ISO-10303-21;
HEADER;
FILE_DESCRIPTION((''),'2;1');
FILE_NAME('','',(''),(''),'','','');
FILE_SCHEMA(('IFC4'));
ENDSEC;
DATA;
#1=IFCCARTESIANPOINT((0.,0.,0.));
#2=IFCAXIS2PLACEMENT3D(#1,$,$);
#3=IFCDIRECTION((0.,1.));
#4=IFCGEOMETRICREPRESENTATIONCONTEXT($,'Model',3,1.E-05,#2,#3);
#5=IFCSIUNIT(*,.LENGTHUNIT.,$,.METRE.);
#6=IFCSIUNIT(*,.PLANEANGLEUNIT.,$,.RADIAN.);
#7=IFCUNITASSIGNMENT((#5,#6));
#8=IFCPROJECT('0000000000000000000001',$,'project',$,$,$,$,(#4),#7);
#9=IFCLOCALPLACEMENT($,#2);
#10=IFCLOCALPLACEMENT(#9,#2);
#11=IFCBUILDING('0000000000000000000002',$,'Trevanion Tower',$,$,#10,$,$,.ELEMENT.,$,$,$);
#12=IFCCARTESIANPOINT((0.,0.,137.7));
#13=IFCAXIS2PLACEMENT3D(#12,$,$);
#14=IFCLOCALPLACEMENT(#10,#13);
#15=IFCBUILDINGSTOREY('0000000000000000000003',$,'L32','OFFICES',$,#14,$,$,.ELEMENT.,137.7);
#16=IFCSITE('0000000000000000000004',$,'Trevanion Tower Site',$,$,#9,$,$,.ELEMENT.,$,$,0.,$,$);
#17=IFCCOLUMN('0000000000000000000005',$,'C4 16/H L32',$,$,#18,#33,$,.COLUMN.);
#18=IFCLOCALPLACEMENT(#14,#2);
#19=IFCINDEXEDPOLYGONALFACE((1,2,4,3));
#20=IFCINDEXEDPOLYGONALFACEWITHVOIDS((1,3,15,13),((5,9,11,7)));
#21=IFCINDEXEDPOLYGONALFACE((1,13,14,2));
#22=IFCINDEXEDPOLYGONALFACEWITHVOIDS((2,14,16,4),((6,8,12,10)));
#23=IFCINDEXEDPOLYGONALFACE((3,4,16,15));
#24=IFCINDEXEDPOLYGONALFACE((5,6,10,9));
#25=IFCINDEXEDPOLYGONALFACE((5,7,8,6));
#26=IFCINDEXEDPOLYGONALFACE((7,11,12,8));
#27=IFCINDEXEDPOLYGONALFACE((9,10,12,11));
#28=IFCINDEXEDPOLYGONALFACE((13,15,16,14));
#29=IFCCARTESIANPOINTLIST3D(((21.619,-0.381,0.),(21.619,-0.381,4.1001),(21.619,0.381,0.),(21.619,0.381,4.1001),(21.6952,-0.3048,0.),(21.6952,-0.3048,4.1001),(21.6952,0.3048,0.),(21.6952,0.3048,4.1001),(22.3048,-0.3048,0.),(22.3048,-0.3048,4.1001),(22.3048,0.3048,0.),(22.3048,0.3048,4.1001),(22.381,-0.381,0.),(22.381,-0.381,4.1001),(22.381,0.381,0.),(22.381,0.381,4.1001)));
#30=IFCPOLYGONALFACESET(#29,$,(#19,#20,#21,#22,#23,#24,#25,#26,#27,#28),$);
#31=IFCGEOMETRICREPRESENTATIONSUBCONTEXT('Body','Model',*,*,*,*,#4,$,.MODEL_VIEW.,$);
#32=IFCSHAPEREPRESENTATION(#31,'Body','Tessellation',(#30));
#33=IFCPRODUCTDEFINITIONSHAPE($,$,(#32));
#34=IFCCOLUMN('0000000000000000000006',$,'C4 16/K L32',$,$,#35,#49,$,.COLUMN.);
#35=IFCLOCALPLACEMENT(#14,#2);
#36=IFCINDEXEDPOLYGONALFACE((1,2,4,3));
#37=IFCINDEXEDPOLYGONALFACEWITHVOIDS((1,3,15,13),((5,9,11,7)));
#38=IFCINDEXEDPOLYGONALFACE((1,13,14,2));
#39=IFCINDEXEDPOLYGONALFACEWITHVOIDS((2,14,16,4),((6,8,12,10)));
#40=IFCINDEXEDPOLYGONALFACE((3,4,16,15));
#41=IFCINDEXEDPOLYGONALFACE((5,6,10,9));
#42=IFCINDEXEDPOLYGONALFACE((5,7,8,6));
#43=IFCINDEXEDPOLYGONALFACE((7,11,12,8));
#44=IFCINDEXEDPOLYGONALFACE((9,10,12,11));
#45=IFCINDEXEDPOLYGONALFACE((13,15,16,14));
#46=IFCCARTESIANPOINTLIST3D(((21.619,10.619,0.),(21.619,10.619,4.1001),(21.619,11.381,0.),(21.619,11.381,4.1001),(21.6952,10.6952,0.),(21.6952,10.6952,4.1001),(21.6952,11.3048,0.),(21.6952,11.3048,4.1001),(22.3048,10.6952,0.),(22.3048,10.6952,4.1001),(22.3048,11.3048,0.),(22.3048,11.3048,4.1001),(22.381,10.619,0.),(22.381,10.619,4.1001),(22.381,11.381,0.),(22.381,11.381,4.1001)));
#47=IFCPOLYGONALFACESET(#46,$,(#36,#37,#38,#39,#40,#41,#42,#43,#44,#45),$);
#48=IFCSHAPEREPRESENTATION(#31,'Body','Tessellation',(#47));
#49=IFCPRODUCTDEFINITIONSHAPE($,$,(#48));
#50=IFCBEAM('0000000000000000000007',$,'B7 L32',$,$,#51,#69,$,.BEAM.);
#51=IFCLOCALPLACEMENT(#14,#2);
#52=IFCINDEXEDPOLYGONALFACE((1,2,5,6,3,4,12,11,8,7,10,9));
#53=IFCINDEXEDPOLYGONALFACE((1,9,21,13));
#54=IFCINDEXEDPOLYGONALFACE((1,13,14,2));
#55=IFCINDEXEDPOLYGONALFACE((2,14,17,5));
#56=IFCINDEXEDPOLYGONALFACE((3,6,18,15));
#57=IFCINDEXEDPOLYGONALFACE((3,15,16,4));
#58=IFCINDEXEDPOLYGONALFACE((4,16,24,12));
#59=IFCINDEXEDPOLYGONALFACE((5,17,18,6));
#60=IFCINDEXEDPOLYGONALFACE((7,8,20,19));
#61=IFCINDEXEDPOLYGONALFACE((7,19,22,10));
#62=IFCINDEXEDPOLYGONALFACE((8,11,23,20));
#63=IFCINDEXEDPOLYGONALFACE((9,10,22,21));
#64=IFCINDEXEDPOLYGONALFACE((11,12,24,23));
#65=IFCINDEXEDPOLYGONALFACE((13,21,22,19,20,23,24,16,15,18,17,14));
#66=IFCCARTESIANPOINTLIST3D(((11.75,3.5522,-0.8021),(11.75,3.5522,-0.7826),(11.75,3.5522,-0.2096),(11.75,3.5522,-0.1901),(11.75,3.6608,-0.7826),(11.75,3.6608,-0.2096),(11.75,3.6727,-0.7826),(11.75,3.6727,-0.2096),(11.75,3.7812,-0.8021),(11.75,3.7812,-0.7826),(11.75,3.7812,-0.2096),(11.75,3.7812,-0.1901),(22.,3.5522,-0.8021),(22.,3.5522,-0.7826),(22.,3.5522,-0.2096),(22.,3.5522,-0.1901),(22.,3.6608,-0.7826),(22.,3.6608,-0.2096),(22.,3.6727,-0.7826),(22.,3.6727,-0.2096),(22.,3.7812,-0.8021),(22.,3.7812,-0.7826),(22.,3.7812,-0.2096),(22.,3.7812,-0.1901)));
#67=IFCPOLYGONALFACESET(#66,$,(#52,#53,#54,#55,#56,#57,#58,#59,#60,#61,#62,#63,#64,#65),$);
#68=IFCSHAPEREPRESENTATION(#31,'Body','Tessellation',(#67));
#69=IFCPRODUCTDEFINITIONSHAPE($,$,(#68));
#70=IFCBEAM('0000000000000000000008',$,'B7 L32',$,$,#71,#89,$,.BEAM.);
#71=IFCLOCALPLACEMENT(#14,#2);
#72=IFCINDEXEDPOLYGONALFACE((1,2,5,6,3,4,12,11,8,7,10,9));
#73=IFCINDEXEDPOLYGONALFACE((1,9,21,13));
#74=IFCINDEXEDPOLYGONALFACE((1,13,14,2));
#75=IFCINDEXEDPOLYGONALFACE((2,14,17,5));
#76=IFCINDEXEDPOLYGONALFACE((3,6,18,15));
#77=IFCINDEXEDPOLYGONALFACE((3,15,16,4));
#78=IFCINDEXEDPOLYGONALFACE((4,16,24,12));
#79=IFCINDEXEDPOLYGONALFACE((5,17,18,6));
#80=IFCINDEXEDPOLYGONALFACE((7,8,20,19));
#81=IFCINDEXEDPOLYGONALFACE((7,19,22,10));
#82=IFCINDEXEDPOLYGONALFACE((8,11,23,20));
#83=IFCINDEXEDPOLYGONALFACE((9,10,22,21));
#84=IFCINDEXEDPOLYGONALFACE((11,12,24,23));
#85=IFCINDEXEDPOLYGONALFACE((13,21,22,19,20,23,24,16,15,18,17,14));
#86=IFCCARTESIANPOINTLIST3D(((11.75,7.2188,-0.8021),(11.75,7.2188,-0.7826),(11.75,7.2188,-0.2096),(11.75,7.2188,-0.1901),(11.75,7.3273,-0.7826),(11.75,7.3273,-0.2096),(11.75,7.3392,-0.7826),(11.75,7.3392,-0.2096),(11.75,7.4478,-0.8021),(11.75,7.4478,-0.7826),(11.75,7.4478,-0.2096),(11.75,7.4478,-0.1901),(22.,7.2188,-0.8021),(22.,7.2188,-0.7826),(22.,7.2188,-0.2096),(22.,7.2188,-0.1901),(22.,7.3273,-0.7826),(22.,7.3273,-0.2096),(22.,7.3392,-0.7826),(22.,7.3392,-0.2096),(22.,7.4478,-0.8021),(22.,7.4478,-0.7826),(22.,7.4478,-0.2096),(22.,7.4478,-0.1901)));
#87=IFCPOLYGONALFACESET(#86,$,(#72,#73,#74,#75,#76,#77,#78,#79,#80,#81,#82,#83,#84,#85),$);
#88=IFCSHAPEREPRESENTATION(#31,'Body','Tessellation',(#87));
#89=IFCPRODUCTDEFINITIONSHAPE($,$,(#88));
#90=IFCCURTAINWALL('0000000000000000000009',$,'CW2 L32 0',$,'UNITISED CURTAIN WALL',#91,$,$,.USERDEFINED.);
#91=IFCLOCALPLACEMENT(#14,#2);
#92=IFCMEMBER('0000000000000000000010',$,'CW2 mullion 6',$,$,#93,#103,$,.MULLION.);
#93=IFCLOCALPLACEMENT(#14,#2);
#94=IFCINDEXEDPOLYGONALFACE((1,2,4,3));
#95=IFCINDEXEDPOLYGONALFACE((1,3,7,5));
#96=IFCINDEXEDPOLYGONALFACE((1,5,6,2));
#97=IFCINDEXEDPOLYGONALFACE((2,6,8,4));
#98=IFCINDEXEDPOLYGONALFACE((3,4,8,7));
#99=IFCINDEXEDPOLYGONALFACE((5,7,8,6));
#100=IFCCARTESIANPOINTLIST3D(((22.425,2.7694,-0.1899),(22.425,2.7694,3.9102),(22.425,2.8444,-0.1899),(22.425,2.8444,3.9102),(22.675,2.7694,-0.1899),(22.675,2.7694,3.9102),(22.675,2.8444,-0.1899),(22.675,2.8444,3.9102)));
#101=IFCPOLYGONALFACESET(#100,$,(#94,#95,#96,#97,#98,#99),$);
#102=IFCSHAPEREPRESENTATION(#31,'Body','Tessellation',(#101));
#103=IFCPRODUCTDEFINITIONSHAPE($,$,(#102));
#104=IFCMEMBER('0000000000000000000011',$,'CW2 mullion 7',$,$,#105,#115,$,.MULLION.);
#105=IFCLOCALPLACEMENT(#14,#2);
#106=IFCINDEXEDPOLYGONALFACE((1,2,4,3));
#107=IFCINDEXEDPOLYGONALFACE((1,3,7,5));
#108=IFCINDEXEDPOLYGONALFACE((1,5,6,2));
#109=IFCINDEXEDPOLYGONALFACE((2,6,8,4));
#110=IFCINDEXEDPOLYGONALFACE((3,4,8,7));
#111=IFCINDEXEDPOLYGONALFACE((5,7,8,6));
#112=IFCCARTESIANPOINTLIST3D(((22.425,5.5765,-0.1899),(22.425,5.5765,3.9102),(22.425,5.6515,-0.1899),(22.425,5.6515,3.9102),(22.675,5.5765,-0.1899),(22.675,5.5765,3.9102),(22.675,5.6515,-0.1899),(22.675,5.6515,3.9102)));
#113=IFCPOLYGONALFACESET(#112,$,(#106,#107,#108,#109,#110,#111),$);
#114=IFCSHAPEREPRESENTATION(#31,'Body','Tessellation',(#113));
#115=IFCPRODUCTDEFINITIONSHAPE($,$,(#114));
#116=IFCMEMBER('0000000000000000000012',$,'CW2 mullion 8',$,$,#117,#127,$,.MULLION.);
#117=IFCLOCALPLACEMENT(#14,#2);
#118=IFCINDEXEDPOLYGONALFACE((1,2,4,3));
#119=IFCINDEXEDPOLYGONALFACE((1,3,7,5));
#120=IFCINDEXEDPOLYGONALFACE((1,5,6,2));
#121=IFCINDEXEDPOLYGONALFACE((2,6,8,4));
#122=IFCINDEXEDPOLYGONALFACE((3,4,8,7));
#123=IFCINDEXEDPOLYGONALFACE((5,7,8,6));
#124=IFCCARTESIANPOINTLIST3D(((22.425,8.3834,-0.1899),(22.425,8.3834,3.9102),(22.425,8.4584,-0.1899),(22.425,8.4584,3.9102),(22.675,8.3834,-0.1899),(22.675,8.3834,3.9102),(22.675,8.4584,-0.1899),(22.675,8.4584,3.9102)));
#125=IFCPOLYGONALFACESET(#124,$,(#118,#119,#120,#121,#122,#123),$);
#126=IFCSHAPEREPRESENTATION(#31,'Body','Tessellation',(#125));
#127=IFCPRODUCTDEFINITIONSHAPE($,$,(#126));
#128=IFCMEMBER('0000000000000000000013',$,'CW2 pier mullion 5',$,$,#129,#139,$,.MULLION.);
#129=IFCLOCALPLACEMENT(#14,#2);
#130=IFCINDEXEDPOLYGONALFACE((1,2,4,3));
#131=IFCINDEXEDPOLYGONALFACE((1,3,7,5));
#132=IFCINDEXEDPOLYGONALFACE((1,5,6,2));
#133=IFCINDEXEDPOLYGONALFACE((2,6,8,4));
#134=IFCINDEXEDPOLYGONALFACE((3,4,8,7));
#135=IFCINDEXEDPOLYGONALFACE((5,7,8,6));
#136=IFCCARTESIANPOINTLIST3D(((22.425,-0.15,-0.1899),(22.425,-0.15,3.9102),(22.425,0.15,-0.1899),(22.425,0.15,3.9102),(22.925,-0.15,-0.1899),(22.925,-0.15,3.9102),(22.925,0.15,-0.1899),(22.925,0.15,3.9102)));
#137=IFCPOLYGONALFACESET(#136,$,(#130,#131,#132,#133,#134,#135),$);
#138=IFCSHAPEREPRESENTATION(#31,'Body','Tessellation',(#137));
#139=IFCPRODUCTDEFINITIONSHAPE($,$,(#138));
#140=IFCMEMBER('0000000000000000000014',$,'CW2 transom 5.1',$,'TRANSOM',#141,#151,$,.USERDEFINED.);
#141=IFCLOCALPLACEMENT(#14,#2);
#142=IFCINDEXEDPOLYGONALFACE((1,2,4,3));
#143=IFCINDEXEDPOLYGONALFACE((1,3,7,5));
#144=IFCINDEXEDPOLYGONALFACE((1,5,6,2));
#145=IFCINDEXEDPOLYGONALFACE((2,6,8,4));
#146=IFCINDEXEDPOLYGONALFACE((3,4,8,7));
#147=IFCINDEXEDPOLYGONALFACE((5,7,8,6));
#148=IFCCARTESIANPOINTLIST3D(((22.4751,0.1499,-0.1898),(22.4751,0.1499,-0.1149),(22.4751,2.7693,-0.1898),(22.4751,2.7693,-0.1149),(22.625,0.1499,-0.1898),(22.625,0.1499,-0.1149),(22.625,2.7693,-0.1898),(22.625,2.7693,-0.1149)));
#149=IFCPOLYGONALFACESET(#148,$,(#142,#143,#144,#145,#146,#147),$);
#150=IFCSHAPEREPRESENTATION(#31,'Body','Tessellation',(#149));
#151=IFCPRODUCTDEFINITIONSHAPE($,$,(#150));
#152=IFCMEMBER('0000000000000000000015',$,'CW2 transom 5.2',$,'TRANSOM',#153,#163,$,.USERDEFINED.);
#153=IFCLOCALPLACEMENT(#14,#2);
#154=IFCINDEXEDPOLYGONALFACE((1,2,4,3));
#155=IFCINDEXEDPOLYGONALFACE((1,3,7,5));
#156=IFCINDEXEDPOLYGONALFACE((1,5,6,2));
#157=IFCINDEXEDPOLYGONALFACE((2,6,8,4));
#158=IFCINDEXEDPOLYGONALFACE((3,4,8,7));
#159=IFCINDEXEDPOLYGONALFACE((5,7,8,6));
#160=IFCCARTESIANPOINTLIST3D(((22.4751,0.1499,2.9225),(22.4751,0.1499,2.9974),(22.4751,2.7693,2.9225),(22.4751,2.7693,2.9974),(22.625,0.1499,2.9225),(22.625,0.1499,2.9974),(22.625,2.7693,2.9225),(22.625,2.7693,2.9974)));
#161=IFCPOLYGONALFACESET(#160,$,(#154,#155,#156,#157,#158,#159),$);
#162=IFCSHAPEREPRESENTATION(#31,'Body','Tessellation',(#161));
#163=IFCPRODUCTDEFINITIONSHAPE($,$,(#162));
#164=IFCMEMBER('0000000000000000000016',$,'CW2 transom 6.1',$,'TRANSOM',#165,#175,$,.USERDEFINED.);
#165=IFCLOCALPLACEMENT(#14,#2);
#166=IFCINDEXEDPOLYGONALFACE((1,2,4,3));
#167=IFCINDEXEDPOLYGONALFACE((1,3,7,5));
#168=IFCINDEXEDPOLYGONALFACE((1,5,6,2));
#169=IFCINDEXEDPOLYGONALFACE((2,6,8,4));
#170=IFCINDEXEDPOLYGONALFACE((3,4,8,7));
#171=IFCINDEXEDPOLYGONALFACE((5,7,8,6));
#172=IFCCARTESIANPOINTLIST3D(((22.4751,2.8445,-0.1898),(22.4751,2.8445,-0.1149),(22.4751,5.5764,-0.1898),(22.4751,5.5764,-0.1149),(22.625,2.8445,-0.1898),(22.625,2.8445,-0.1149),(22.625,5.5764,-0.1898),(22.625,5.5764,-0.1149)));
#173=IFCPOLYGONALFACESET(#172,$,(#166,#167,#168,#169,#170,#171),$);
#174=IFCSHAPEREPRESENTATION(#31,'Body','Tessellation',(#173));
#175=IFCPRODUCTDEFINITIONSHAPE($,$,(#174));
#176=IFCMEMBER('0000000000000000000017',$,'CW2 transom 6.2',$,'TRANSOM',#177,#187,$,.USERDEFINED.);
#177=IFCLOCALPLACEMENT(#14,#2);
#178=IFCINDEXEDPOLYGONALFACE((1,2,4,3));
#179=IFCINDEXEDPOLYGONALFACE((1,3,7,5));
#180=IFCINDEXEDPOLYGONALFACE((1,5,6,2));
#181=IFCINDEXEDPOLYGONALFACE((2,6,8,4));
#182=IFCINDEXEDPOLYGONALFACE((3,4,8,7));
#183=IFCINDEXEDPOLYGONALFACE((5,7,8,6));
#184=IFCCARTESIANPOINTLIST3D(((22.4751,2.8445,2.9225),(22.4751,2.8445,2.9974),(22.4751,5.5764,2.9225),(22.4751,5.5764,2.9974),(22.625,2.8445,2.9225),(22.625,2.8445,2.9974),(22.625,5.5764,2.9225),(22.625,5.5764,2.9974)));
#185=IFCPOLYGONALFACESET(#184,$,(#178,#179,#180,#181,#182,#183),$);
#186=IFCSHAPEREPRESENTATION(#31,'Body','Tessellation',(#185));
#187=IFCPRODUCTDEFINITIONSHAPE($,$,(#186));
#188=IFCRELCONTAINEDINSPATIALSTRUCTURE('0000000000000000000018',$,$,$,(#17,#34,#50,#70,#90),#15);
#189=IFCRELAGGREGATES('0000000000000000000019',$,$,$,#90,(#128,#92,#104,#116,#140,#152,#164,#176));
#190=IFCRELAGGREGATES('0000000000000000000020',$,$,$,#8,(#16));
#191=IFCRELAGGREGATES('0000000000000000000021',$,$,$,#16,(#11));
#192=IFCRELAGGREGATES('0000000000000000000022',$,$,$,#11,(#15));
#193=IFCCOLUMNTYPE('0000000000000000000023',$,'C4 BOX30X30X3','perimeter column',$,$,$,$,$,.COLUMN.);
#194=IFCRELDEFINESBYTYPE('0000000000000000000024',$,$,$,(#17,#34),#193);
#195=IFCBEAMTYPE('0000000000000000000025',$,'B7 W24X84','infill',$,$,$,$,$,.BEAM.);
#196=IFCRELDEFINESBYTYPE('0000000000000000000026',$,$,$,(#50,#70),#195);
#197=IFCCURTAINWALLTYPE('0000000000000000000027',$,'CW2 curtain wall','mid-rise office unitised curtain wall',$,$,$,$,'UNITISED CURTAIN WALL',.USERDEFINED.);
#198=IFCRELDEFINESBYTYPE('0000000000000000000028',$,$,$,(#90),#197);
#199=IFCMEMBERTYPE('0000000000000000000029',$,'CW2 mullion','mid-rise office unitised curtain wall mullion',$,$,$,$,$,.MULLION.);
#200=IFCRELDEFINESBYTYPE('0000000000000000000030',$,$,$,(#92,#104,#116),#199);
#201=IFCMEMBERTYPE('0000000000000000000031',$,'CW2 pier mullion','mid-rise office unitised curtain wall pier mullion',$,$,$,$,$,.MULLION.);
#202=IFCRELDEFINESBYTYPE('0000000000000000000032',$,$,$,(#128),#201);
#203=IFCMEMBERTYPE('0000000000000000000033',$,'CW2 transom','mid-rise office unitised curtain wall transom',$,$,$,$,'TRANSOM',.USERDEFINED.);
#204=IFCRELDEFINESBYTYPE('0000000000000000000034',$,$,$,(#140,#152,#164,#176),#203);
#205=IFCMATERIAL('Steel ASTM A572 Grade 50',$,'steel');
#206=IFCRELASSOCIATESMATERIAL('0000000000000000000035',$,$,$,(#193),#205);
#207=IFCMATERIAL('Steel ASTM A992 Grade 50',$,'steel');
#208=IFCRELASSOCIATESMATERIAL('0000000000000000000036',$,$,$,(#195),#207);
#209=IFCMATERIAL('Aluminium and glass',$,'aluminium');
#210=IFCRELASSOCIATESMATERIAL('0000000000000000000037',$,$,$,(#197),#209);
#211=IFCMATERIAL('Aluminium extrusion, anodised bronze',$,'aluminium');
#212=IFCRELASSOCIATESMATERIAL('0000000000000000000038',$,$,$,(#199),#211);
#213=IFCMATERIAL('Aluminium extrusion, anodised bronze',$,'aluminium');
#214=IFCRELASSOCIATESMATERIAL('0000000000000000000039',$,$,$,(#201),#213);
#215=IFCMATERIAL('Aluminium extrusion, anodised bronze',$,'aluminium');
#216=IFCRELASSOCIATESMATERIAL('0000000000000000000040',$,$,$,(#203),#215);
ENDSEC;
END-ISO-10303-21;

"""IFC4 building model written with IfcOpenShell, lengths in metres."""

from ifc_helpers import new_model, si_unit, direction, frame, origin, origin_2d, place, context, subcontext, project, spatial, rectangle, hollow_rectangle, i_section, extrude, material, material_profile, profile_set, type_object, element, aggregate, save


model = new_model("IFC4")

# Units and contexts
model_context = context("Model", 3, precision=1e-05, world=origin(), true_north=direction((0.0, 1.0)))
body_context = subcontext(model_context, "Body", "Model", "MODEL_VIEW")
ifc_project = project(units=[si_unit("LENGTHUNIT", "METRE"), si_unit("PLANEANGLEUNIT", "RADIAN")], contexts=[model_context])

# Site, building, storey
site_placement = place(None, origin())
site = spatial("IfcSite", under=ifc_project, at=site_placement, Name="Trevanion Tower Site", CompositionType="ELEMENT", RefElevation=0.0)
building_placement = place(site_placement, origin())
building = spatial("IfcBuilding", under=site, at=building_placement, Name="Trevanion Tower", CompositionType="ELEMENT")
storey_placement = place(building_placement, frame((0.0, 0.0, 137.7)))
storey = spatial("IfcBuildingStorey", under=building, at=storey_placement, Name="L32", Description="OFFICES", CompositionType="ELEMENT", Elevation=137.7)

# Columns
ifc_material_1 = material(Name="Steel ASTM A572 Grade 50", Category="steel")
ifc_material_profile_1 = material_profile(ifc_material_1, hollow_rectangle(XDim=0.762, YDim=0.762, WallThickness=0.0762, at=origin_2d()), Name="BOX30X30X3")
ifc_profile_set_1 = profile_set([ifc_material_profile_1], Name="Steel ASTM A572 Grade 50")
column_type = type_object("IfcColumnType", Name="C4 BOX30X30X3", Description="perimeter column", PredefinedType="COLUMN", material=ifc_profile_set_1)
for number, where, z_axis, x_axis, name in (
    (1, (22.0, 0.0, 0.0), (0.0, 0.0, 1.0), (0.0, 1.0, 0.0), "C4 16/H L32"),
    (2, (22.0, 11.0, 0.0), (0.0, 0.0, 1.0), (0.0, 1.0, 0.0), "C4 16/K L32"),
):
    element("IfcColumn", number, at=place(storey_placement, frame(where, z_axis=z_axis, x_axis=x_axis)), inside=storey, type_object=column_type, Name=name, PredefinedType="COLUMN", context=body_context, shape_type="SweptSolid", body=[
        extrude(hollow_rectangle(XDim=0.762, YDim=0.762, WallThickness=0.0762, at=origin_2d()), origin(), (0.0, 0.0, 1.0), 4.1001),
    ])

# Beams
ifc_material_2 = material(Name="Steel ASTM A992 Grade 50", Category="steel")
ifc_material_profile_2 = material_profile(ifc_material_2, i_section(OverallWidth=0.229, OverallDepth=0.6121, WebThickness=0.012, FlangeThickness=0.0195, at=origin_2d()), Name="W24X84")
ifc_profile_set_2 = profile_set([ifc_material_profile_2], Name="Steel ASTM A992 Grade 50")
beam_type_1 = type_object("IfcBeamType", Name="B7 W24X84", Description="infill", PredefinedType="BEAM", material=ifc_profile_set_2)
for number, where, z_axis, x_axis, name in (
    (3, (11.75, 3.6667, -0.4961), (1.0, 0.0, 0.0), (0.0, 1.0, 0.0), "B7 L32"),
    (4, (11.75, 7.3333, -0.4961), (1.0, 0.0, 0.0), (0.0, 1.0, 0.0), "B7 L32"),
):
    element("IfcBeam", number, at=place(storey_placement, frame(where, z_axis=z_axis, x_axis=x_axis)), inside=storey, type_object=beam_type_1, Name=name, PredefinedType="BEAM", context=body_context, shape_type="SweptSolid", body=[
        extrude(i_section(OverallWidth=0.229, OverallDepth=0.6121, WebThickness=0.012, FlangeThickness=0.0195, at=origin_2d()), origin(), (0.0, 0.0, 1.0), 10.25),
    ])

# Curtain wall, members
ifc_material_3 = material(Name="Aluminium and glass", Category="aluminium")
curtain_wall_type = type_object("IfcCurtainWallType", Name="CW2 curtain wall", Description="mid-rise office unitised curtain wall", ElementType="UNITISED CURTAIN WALL", PredefinedType="USERDEFINED", material=ifc_material_3)
curtain_wall_placement = place(storey_placement, origin())
curtain_wall = element("IfcCurtainWall", 5, at=curtain_wall_placement, inside=storey, type_object=curtain_wall_type, Name="CW2 L32 0", ObjectType="UNITISED CURTAIN WALL", PredefinedType="USERDEFINED")
ifc_material_4 = material(Name="Aluminium extrusion, anodised bronze", Category="aluminium")
ifc_material_profile_3 = material_profile(ifc_material_4, rectangle(XDim=0.075, YDim=0.25, at=origin_2d()), Name="CW2 mullion")
ifc_profile_set_3 = profile_set([ifc_material_profile_3], Name="Aluminium extrusion, anodised bronze")
member_type_1 = type_object("IfcMemberType", Name="CW2 mullion", Description="mid-rise office unitised curtain wall mullion", PredefinedType="MULLION", material=ifc_profile_set_3)
member_1_placement = place(storey_placement, frame((22.55, 2.8069, -0.1899), z_axis=(0.0, 0.0, 1.0), x_axis=(0.0, 1.0, 0.0)))
member_1 = element("IfcMember", 6, at=member_1_placement, type_object=member_type_1, Name="CW2 mullion 6", PredefinedType="MULLION", context=body_context, shape_type="SweptSolid", body=[
    extrude(rectangle(XDim=0.075, YDim=0.25, at=origin_2d()), origin(), (0.0, 0.0, 1.0), 4.1001),
])
member_2_placement = place(storey_placement, frame((22.55, 5.614, -0.1899), z_axis=(0.0, 0.0, 1.0), x_axis=(0.0, 1.0, 0.0)))
member_2 = element("IfcMember", 7, at=member_2_placement, type_object=member_type_1, Name="CW2 mullion 7", PredefinedType="MULLION", context=body_context, shape_type="SweptSolid", body=[
    extrude(rectangle(XDim=0.075, YDim=0.25, at=origin_2d()), origin(), (0.0, 0.0, 1.0), 4.1001),
])
member_3_placement = place(storey_placement, frame((22.55, 8.4209, -0.1899), z_axis=(0.0, 0.0, 1.0), x_axis=(0.0, 1.0, 0.0)))
member_3 = element("IfcMember", 8, at=member_3_placement, type_object=member_type_1, Name="CW2 mullion 8", PredefinedType="MULLION", context=body_context, shape_type="SweptSolid", body=[
    extrude(rectangle(XDim=0.075, YDim=0.25, at=origin_2d()), origin(), (0.0, 0.0, 1.0), 4.1001),
])
ifc_material_5 = material(Name="Aluminium extrusion, anodised bronze", Category="aluminium")
ifc_material_profile_4 = material_profile(ifc_material_5, rectangle(XDim=0.3, YDim=0.5, at=origin_2d()), Name="CW2 pier mullion")
ifc_profile_set_4 = profile_set([ifc_material_profile_4], Name="Aluminium extrusion, anodised bronze")
member_type_2 = type_object("IfcMemberType", Name="CW2 pier mullion", Description="mid-rise office unitised curtain wall pier mullion", PredefinedType="MULLION", material=ifc_profile_set_4)
member_4_placement = place(storey_placement, frame((22.675, 0.0, -0.1899), z_axis=(0.0, 0.0, 1.0), x_axis=(0.0, 1.0, 0.0)))
member_4 = element("IfcMember", 9, at=member_4_placement, type_object=member_type_2, Name="CW2 pier mullion 5", PredefinedType="MULLION", context=body_context, shape_type="SweptSolid", body=[
    extrude(rectangle(XDim=0.3, YDim=0.5, at=origin_2d()), origin(), (0.0, 0.0, 1.0), 4.1001),
])
ifc_material_6 = material(Name="Aluminium extrusion, anodised bronze", Category="aluminium")
ifc_material_profile_5 = material_profile(ifc_material_6, rectangle(XDim=0.1499, YDim=0.075, at=origin_2d()), Name="CW2 transom")
ifc_profile_set_5 = profile_set([ifc_material_profile_5], Name="Aluminium extrusion, anodised bronze")
member_type_3 = type_object("IfcMemberType", Name="CW2 transom", Description="mid-rise office unitised curtain wall transom", ElementType="TRANSOM", PredefinedType="USERDEFINED", material=ifc_profile_set_5)
member_5_placement = place(storey_placement, frame((22.55, 0.1499, -0.1523), z_axis=(0.0, 1.0, 0.0), x_axis=(-1.0, 0.0, 0.0)))
member_5 = element("IfcMember", 10, at=member_5_placement, type_object=member_type_3, Name="CW2 transom 5.1", ObjectType="TRANSOM", PredefinedType="USERDEFINED", context=body_context, shape_type="SweptSolid", body=[
    extrude(rectangle(XDim=0.1499, YDim=0.075, at=origin_2d()), origin(), (0.0, 0.0, 1.0), 2.6194),
])
member_6_placement = place(storey_placement, frame((22.55, 0.1499, 2.96), z_axis=(0.0, 1.0, 0.0), x_axis=(-1.0, 0.0, 0.0)))
member_6 = element("IfcMember", 11, at=member_6_placement, type_object=member_type_3, Name="CW2 transom 5.2", ObjectType="TRANSOM", PredefinedType="USERDEFINED", context=body_context, shape_type="SweptSolid", body=[
    extrude(rectangle(XDim=0.1499, YDim=0.075, at=origin_2d()), origin(), (0.0, 0.0, 1.0), 2.6194),
])
member_7_placement = place(storey_placement, frame((22.55, 2.8445, -0.1523), z_axis=(0.0, 1.0, 0.0), x_axis=(-1.0, 0.0, 0.0)))
member_7 = element("IfcMember", 12, at=member_7_placement, type_object=member_type_3, Name="CW2 transom 6.1", ObjectType="TRANSOM", PredefinedType="USERDEFINED", context=body_context, shape_type="SweptSolid", body=[
    extrude(rectangle(XDim=0.1499, YDim=0.075, at=origin_2d()), origin(), (0.0, 0.0, 1.0), 2.7319),
])
member_8_placement = place(storey_placement, frame((22.55, 2.8445, 2.96), z_axis=(0.0, 1.0, 0.0), x_axis=(-1.0, 0.0, 0.0)))
member_8 = element("IfcMember", 13, at=member_8_placement, type_object=member_type_3, Name="CW2 transom 6.2", ObjectType="TRANSOM", PredefinedType="USERDEFINED", context=body_context, shape_type="SweptSolid", body=[
    extrude(rectangle(XDim=0.1499, YDim=0.075, at=origin_2d()), origin(), (0.0, 0.0, 1.0), 2.7319),
])

aggregate(curtain_wall, [member_4, member_1, member_2, member_3, member_5, member_6, member_7, member_8])

save(model, "model.ifc")
